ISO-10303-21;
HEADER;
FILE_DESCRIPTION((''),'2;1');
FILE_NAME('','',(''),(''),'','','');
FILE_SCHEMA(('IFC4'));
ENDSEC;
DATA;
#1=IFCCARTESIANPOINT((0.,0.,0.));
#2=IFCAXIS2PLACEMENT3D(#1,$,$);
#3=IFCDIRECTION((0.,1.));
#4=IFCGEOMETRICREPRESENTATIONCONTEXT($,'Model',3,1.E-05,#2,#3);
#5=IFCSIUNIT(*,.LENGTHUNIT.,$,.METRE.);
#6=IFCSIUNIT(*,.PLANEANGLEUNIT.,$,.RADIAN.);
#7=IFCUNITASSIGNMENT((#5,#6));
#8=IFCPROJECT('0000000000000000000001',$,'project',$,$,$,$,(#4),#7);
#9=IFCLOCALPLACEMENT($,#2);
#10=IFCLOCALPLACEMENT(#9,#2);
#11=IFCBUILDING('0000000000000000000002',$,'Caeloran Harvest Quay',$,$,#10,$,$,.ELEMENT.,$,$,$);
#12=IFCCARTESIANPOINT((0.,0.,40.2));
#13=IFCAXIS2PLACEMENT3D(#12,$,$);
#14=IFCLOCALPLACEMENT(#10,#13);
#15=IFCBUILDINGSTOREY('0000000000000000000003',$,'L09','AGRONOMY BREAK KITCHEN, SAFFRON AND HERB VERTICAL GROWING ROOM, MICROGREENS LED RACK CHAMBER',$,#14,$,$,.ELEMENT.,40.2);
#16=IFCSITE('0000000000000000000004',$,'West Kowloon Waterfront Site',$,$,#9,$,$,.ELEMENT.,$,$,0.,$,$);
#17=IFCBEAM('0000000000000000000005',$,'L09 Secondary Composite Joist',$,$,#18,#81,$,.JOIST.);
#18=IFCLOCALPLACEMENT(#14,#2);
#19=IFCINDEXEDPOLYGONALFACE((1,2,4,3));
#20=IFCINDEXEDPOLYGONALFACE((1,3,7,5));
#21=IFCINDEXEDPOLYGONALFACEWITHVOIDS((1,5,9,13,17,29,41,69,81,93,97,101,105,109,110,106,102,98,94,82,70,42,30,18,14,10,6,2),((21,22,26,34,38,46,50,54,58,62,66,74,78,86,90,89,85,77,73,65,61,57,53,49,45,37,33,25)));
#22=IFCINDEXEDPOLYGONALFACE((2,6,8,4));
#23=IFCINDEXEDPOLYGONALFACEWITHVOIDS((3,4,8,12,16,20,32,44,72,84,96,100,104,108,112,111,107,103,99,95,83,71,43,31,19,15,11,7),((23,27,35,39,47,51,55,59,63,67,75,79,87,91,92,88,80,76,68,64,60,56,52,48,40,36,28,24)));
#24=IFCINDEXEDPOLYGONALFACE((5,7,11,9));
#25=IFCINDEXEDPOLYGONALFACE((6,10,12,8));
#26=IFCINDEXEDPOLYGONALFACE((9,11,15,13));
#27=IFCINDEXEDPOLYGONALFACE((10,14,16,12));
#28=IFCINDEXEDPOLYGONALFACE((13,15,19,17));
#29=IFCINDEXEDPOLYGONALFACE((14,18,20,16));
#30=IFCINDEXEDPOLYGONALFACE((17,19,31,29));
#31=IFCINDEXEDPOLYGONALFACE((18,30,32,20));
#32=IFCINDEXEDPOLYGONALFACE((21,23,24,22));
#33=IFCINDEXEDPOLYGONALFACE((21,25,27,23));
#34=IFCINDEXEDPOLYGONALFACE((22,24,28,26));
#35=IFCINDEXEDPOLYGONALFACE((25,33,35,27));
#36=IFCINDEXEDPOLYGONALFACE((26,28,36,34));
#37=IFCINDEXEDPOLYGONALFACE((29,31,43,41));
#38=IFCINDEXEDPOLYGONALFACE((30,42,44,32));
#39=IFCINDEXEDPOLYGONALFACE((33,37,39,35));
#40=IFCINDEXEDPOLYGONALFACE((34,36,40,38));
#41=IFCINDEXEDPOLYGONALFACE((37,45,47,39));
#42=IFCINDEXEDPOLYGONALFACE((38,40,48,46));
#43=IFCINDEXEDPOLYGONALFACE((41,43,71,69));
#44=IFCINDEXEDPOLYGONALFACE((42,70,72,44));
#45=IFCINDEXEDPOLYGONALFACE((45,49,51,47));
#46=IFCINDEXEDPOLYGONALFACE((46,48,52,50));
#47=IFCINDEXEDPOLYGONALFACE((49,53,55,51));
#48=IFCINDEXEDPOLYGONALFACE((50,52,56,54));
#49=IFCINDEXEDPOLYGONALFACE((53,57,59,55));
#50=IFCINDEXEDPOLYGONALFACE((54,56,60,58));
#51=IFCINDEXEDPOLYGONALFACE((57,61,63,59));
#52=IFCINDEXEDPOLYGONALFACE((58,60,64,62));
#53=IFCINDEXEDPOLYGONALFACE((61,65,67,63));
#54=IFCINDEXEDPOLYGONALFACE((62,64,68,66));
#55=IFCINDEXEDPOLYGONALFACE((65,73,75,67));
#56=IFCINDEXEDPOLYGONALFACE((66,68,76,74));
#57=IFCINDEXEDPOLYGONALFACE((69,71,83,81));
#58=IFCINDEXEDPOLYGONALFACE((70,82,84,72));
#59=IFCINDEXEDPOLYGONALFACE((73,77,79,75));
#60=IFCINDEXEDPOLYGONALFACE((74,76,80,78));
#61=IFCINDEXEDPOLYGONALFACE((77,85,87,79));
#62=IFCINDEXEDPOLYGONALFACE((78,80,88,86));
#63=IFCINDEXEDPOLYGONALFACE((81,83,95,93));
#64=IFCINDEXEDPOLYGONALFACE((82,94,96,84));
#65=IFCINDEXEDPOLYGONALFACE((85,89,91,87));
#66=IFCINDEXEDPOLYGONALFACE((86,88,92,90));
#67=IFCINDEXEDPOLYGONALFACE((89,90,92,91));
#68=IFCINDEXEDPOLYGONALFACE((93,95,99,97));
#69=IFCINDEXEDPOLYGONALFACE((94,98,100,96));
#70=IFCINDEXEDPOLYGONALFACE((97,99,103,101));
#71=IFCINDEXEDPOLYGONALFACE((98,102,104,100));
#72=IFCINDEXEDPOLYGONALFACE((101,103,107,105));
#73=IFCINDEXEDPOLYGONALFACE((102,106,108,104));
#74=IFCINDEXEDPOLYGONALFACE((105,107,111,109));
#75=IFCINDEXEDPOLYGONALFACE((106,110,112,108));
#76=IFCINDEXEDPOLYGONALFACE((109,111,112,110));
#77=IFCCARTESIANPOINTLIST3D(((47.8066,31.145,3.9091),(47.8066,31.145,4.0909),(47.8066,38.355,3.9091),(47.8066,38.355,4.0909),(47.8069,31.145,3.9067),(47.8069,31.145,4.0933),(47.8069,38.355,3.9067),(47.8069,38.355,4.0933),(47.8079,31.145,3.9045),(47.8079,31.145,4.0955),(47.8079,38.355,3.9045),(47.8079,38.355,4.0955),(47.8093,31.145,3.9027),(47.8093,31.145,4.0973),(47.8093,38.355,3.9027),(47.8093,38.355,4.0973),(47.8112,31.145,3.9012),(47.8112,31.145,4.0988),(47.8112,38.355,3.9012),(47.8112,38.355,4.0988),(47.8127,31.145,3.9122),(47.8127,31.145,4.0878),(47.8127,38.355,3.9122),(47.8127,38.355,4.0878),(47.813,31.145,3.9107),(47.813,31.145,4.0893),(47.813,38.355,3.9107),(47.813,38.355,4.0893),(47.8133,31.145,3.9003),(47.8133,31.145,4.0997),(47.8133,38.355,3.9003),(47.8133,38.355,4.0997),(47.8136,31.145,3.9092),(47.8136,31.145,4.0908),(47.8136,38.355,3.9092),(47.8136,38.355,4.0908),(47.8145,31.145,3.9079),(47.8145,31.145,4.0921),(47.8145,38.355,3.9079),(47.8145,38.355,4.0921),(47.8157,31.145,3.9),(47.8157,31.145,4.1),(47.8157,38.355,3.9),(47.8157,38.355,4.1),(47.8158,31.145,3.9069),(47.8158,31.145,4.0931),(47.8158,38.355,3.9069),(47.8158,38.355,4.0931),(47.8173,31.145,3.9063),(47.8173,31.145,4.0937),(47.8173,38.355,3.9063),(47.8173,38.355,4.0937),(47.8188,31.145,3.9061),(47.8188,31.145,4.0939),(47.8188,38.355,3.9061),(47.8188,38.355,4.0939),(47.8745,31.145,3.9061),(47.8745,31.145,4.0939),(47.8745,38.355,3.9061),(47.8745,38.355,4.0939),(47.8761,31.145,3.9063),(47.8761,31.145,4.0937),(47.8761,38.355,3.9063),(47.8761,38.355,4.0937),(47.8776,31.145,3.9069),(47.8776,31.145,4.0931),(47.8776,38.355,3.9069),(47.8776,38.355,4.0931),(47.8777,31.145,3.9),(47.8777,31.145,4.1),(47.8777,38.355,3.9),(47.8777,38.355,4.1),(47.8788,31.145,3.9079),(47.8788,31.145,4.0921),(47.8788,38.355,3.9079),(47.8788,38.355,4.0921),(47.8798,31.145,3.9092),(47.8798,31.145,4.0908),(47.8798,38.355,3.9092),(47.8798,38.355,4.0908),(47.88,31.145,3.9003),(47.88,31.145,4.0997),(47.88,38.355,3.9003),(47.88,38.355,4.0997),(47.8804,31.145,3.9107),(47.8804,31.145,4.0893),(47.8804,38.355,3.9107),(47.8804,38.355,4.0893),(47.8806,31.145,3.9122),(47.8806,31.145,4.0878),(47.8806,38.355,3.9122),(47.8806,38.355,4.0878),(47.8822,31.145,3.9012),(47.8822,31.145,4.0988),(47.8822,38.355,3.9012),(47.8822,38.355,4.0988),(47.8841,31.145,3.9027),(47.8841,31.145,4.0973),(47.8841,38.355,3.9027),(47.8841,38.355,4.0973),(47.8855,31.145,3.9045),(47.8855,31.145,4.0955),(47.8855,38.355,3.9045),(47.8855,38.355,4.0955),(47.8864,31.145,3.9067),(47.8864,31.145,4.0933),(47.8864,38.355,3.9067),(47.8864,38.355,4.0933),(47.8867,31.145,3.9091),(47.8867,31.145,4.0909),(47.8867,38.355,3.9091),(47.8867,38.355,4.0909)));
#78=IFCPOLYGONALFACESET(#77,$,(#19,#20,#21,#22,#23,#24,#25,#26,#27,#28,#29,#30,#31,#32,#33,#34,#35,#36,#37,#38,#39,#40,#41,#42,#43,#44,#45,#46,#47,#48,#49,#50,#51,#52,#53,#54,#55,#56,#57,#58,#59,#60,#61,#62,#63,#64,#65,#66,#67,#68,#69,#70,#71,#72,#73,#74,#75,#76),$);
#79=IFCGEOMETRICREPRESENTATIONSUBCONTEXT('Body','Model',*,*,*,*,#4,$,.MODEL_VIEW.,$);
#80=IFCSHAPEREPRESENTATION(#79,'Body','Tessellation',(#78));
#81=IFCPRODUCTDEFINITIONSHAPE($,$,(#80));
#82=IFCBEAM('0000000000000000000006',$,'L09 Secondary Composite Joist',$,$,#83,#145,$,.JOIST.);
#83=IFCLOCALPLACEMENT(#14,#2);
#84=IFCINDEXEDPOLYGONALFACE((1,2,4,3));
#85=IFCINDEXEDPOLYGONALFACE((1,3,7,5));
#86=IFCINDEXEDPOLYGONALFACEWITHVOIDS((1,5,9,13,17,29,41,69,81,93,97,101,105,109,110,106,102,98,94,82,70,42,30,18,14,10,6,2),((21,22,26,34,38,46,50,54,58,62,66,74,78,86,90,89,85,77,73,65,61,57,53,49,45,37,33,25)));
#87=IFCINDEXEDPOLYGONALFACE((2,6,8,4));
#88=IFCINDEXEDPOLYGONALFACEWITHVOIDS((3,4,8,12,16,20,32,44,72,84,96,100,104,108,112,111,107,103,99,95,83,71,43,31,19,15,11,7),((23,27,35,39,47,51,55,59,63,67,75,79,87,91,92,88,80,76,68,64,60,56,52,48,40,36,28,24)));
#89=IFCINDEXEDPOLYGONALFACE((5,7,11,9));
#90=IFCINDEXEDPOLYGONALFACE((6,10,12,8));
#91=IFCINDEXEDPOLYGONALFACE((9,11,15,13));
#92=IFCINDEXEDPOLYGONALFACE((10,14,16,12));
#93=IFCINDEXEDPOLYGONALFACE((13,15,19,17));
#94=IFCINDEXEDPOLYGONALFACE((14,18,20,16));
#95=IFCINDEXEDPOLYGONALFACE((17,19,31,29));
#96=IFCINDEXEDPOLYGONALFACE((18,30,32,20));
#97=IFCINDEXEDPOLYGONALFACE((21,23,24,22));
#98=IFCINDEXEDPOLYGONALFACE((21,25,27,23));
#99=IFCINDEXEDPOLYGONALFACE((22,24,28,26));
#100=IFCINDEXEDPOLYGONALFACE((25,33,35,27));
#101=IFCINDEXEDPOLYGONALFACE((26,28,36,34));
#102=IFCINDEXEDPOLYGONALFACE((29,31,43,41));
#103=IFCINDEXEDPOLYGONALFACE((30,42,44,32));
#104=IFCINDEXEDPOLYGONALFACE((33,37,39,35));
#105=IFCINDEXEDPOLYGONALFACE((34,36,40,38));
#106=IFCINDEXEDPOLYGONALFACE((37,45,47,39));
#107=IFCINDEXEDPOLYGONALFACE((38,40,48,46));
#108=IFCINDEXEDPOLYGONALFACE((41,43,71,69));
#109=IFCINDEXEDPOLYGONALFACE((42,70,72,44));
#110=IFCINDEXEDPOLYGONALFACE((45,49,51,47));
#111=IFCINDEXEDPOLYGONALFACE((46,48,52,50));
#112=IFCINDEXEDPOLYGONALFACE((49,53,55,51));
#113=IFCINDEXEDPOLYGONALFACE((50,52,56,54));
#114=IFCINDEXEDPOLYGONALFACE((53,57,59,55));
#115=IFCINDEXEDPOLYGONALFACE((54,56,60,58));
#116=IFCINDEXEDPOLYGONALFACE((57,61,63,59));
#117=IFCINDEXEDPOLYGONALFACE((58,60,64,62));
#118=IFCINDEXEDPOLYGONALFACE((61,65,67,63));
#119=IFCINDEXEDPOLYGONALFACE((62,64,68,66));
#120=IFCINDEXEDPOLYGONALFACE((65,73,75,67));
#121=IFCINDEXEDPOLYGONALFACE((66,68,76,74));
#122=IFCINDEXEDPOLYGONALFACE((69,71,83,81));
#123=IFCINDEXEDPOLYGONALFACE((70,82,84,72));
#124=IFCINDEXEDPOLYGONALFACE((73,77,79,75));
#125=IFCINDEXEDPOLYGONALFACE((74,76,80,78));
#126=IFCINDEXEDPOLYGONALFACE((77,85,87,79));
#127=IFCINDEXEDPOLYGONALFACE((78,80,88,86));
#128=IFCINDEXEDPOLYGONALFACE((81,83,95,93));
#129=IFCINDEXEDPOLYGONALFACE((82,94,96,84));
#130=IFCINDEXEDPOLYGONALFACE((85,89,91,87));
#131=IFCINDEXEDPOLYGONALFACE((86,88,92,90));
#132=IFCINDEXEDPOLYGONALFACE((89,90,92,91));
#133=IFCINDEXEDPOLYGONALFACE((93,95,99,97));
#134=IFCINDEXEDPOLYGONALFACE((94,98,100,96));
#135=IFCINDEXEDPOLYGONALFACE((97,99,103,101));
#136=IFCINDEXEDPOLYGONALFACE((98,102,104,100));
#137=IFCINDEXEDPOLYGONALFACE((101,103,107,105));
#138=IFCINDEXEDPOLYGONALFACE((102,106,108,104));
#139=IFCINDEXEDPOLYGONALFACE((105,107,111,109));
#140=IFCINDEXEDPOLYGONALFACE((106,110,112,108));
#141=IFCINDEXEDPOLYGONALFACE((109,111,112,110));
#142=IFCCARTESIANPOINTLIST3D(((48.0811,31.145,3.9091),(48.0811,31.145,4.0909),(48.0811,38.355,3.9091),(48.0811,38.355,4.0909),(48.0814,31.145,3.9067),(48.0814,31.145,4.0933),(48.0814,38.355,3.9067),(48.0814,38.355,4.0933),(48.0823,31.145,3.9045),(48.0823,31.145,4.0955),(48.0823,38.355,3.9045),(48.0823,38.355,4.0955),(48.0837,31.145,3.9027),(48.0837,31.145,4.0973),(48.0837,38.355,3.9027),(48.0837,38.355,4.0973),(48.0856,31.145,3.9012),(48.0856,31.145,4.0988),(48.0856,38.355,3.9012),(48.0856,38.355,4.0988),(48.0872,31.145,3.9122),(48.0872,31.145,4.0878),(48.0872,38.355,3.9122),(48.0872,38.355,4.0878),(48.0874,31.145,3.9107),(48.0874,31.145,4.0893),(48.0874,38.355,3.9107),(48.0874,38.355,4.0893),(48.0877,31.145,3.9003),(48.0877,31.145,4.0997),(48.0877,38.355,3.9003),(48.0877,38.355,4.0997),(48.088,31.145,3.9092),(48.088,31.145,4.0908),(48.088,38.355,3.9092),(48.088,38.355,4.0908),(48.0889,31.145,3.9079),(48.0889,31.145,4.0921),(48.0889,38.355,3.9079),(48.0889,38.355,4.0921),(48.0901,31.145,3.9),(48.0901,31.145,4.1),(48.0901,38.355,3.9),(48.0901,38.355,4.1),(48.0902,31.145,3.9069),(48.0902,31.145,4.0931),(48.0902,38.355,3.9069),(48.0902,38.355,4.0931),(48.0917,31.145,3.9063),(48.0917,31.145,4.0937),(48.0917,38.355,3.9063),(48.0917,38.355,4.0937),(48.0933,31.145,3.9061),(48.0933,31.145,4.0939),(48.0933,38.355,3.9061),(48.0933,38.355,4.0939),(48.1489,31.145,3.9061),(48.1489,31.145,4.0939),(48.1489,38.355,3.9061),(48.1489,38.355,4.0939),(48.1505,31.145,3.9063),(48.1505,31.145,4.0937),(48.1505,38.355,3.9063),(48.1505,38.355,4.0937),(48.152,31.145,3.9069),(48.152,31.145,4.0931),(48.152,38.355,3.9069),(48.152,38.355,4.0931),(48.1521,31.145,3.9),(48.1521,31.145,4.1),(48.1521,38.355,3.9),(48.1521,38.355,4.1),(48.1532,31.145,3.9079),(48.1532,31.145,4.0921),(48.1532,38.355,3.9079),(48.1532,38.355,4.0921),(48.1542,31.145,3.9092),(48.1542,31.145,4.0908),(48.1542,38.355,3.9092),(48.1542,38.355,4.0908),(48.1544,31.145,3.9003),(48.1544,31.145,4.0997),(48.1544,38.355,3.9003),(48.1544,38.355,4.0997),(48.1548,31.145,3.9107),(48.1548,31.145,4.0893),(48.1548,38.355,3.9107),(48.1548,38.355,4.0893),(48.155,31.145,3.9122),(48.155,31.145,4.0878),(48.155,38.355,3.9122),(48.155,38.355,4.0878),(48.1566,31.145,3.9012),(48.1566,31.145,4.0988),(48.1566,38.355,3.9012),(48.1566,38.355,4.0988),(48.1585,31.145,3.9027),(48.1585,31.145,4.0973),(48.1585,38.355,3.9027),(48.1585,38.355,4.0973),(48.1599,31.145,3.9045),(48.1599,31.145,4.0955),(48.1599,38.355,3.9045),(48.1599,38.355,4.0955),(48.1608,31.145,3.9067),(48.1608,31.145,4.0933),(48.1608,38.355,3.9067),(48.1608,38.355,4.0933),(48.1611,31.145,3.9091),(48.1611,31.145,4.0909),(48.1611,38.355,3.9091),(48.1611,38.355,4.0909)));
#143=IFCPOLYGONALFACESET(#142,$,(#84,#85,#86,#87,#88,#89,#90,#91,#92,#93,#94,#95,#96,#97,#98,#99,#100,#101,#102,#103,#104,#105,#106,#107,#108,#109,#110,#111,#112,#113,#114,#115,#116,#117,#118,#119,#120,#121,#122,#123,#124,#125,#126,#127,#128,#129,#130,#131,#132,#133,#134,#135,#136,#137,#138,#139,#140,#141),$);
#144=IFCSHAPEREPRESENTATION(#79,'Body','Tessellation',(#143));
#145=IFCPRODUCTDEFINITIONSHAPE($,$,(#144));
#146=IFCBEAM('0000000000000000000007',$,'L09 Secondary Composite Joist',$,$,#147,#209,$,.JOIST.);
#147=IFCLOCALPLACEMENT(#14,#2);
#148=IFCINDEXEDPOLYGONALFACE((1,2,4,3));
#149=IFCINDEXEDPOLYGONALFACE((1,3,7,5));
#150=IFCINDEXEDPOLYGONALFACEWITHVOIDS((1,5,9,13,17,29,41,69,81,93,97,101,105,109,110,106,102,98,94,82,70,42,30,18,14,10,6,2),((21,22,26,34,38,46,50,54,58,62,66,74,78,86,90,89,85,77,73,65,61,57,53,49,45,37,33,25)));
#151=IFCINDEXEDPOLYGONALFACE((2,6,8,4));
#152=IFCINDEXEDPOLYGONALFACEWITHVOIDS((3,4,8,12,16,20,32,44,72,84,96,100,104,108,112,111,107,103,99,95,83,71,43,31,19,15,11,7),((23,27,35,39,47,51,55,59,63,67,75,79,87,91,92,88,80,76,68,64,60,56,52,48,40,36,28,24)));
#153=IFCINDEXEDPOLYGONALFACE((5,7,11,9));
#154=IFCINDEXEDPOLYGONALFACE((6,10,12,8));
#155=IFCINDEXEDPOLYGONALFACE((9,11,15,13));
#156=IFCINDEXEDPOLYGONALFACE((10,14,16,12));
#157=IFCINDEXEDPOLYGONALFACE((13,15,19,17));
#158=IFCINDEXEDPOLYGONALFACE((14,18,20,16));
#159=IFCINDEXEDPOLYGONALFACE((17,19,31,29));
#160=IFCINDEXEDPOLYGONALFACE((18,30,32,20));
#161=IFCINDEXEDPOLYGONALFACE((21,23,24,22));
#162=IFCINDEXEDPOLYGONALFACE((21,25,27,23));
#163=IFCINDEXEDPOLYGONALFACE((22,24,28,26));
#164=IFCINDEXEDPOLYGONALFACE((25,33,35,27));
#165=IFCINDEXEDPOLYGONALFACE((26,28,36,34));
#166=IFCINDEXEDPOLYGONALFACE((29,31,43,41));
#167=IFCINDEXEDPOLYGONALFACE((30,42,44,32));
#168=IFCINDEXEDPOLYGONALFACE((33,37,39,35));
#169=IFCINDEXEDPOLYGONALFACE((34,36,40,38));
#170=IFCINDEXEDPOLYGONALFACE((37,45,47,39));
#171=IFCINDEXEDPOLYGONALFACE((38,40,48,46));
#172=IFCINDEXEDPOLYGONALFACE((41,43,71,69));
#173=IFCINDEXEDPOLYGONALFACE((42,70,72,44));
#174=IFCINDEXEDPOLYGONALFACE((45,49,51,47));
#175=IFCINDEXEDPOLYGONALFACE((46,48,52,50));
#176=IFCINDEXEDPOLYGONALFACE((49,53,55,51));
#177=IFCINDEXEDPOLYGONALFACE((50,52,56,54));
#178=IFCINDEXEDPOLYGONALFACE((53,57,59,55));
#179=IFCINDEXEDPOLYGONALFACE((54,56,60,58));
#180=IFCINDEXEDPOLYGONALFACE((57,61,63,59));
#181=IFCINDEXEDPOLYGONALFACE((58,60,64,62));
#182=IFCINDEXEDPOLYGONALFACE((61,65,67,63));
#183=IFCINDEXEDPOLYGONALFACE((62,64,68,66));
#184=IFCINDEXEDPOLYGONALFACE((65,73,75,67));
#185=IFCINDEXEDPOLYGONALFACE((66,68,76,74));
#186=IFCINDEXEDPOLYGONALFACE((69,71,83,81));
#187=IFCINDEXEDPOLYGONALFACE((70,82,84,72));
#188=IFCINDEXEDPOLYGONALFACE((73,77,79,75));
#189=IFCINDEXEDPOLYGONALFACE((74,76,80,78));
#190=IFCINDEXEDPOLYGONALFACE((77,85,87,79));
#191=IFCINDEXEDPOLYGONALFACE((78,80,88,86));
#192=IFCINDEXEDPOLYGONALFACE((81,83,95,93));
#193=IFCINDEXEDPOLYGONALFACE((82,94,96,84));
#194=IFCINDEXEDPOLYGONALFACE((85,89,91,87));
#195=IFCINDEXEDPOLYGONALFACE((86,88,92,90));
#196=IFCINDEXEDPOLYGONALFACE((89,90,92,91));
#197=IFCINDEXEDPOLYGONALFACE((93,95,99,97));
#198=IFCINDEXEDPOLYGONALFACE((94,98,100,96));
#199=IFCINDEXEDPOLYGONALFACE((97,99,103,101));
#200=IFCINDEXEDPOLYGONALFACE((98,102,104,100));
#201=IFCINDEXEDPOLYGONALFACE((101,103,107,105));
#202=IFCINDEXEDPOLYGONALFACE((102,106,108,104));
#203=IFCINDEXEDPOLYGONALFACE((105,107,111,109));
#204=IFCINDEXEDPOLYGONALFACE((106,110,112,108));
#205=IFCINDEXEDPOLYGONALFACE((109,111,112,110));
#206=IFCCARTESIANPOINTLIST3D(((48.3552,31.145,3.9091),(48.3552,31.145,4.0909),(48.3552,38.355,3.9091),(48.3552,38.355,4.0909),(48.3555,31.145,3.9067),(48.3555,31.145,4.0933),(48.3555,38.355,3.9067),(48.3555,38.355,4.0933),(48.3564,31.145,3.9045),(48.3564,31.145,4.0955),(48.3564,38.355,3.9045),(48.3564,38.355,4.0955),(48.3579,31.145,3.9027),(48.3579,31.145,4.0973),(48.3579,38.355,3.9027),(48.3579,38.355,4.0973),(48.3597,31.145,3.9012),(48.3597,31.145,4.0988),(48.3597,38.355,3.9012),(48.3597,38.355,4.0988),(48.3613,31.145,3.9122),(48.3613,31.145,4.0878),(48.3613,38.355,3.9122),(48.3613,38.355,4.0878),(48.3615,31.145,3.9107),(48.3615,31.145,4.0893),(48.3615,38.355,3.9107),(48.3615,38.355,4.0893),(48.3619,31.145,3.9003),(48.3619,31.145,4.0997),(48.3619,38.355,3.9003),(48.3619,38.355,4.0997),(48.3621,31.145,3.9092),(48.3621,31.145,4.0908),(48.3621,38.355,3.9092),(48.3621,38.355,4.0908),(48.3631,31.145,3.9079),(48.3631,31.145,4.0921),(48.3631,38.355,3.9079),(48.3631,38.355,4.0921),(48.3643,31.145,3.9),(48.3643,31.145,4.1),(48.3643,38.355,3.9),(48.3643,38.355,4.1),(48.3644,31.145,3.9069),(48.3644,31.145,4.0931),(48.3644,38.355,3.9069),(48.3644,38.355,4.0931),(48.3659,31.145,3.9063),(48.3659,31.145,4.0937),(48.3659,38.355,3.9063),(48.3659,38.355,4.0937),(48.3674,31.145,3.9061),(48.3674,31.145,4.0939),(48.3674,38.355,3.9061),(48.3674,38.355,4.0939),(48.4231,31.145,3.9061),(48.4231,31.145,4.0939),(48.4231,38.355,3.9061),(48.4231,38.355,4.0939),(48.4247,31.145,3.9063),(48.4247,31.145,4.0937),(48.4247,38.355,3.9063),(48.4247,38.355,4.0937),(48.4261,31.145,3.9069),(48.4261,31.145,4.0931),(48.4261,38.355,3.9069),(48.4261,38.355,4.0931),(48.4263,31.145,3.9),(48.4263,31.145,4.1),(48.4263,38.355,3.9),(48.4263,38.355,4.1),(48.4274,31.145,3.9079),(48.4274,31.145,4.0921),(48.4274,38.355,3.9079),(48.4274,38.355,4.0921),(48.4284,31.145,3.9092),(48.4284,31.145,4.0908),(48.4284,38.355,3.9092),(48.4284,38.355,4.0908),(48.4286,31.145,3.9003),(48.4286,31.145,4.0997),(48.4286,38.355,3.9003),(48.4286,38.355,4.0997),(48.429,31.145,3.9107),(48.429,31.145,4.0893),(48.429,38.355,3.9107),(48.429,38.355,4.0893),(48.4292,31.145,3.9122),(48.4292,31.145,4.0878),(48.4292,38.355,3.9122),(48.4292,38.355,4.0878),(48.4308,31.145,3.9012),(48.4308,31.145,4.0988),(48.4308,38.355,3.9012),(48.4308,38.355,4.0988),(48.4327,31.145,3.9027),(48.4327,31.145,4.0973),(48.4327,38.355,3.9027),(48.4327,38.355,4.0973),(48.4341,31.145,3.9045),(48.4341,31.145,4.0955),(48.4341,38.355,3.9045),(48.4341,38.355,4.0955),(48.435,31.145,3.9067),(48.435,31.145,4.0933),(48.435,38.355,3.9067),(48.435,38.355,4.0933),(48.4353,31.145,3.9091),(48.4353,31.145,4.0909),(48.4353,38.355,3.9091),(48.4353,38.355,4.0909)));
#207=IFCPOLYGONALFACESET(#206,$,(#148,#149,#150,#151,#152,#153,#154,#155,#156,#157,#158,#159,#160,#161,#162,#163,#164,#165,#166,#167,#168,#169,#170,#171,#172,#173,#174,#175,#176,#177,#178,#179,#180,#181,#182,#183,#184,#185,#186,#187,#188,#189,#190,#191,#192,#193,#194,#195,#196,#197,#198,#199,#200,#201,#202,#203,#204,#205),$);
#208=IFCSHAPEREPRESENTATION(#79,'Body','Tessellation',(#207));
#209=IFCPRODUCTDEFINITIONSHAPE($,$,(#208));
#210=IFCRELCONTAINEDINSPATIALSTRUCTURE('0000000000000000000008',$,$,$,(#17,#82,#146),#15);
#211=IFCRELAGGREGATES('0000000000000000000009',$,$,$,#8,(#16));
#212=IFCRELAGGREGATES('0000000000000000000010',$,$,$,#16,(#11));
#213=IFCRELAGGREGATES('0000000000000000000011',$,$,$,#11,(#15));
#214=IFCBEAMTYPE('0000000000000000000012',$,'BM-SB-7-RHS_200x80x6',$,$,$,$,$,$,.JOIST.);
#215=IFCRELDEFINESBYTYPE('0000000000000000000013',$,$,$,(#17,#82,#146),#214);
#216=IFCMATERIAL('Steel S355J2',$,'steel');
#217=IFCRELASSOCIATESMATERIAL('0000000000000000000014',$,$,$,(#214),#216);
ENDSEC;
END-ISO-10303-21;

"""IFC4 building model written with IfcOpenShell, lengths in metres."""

from ifc_helpers import new_model, si_unit, direction, frame, origin, origin_2d, place, context, subcontext, project, spatial, hollow_rectangle, extrude, material, material_profile, profile_set, type_object, element, save


model = new_model("IFC4")

# Units and contexts
model_context = context("Model", 3, precision=1e-05, world=origin(), true_north=direction((0.0, 1.0)))
body_context = subcontext(model_context, "Body", "Model", "MODEL_VIEW")
ifc_project = project(units=[si_unit("LENGTHUNIT", "METRE"), si_unit("PLANEANGLEUNIT", "RADIAN")], contexts=[model_context])

# Site, building, storey
site_placement = place(None, origin())
site = spatial("IfcSite", under=ifc_project, at=site_placement, Name="West Kowloon Waterfront Site", CompositionType="ELEMENT", RefElevation=0.0)
building_placement = place(site_placement, origin())
building = spatial("IfcBuilding", under=site, at=building_placement, Name="Caeloran Harvest Quay", CompositionType="ELEMENT")
storey_placement = place(building_placement, frame((0.0, 0.0, 40.2)))
storey = spatial("IfcBuildingStorey", under=building, at=storey_placement, Name="L09", Description="AGRONOMY BREAK KITCHEN, SAFFRON AND HERB VERTICAL GROWING ROOM, MICROGREENS LED RACK CHAMBER", CompositionType="ELEMENT", Elevation=40.2)

# Beams
ifc_material_1 = material(Name="Steel S355J2", Category="steel")
ifc_material_profile_1 = material_profile(ifc_material_1, hollow_rectangle(XDim=0.0801, YDim=0.2, WallThickness=0.0061, InnerFilletRadius=0.0061, OuterFilletRadius=0.009, at=origin_2d()), Name="RHS 200x80x6")
ifc_profile_set_1 = profile_set([ifc_material_profile_1], Name="Steel S355J2")
beam_type_1 = type_object("IfcBeamType", Name="BM-SB-7-RHS_200x80x6", PredefinedType="JOIST", material=ifc_profile_set_1)
for number, where, z_axis, x_axis, name in (
    (1, (47.8467, 31.145, 4.0), (0.0, 1.0, 0.0), (-1.0, 0.0, 0.0), "L09 Secondary Composite Joist"),
    (2, (48.1211, 31.145, 4.0), (0.0, 1.0, 0.0), (-1.0, 0.0, 0.0), "L09 Secondary Composite Joist"),
    (3, (48.3953, 31.145, 4.0), (0.0, 1.0, 0.0), (-1.0, 0.0, 0.0), "L09 Secondary Composite Joist"),
):
    element("IfcBeam", number, at=place(storey_placement, frame(where, z_axis=z_axis, x_axis=x_axis)), inside=storey, type_object=beam_type_1, Name=name, PredefinedType="JOIST", context=body_context, shape_type="SweptSolid", body=[
        extrude(hollow_rectangle(XDim=0.0801, YDim=0.2, WallThickness=0.0061, InnerFilletRadius=0.0061, OuterFilletRadius=0.009, at=origin_2d()), origin(), (0.0, 0.0, 1.0), 7.21),
    ])

save(model, "model.ifc")
